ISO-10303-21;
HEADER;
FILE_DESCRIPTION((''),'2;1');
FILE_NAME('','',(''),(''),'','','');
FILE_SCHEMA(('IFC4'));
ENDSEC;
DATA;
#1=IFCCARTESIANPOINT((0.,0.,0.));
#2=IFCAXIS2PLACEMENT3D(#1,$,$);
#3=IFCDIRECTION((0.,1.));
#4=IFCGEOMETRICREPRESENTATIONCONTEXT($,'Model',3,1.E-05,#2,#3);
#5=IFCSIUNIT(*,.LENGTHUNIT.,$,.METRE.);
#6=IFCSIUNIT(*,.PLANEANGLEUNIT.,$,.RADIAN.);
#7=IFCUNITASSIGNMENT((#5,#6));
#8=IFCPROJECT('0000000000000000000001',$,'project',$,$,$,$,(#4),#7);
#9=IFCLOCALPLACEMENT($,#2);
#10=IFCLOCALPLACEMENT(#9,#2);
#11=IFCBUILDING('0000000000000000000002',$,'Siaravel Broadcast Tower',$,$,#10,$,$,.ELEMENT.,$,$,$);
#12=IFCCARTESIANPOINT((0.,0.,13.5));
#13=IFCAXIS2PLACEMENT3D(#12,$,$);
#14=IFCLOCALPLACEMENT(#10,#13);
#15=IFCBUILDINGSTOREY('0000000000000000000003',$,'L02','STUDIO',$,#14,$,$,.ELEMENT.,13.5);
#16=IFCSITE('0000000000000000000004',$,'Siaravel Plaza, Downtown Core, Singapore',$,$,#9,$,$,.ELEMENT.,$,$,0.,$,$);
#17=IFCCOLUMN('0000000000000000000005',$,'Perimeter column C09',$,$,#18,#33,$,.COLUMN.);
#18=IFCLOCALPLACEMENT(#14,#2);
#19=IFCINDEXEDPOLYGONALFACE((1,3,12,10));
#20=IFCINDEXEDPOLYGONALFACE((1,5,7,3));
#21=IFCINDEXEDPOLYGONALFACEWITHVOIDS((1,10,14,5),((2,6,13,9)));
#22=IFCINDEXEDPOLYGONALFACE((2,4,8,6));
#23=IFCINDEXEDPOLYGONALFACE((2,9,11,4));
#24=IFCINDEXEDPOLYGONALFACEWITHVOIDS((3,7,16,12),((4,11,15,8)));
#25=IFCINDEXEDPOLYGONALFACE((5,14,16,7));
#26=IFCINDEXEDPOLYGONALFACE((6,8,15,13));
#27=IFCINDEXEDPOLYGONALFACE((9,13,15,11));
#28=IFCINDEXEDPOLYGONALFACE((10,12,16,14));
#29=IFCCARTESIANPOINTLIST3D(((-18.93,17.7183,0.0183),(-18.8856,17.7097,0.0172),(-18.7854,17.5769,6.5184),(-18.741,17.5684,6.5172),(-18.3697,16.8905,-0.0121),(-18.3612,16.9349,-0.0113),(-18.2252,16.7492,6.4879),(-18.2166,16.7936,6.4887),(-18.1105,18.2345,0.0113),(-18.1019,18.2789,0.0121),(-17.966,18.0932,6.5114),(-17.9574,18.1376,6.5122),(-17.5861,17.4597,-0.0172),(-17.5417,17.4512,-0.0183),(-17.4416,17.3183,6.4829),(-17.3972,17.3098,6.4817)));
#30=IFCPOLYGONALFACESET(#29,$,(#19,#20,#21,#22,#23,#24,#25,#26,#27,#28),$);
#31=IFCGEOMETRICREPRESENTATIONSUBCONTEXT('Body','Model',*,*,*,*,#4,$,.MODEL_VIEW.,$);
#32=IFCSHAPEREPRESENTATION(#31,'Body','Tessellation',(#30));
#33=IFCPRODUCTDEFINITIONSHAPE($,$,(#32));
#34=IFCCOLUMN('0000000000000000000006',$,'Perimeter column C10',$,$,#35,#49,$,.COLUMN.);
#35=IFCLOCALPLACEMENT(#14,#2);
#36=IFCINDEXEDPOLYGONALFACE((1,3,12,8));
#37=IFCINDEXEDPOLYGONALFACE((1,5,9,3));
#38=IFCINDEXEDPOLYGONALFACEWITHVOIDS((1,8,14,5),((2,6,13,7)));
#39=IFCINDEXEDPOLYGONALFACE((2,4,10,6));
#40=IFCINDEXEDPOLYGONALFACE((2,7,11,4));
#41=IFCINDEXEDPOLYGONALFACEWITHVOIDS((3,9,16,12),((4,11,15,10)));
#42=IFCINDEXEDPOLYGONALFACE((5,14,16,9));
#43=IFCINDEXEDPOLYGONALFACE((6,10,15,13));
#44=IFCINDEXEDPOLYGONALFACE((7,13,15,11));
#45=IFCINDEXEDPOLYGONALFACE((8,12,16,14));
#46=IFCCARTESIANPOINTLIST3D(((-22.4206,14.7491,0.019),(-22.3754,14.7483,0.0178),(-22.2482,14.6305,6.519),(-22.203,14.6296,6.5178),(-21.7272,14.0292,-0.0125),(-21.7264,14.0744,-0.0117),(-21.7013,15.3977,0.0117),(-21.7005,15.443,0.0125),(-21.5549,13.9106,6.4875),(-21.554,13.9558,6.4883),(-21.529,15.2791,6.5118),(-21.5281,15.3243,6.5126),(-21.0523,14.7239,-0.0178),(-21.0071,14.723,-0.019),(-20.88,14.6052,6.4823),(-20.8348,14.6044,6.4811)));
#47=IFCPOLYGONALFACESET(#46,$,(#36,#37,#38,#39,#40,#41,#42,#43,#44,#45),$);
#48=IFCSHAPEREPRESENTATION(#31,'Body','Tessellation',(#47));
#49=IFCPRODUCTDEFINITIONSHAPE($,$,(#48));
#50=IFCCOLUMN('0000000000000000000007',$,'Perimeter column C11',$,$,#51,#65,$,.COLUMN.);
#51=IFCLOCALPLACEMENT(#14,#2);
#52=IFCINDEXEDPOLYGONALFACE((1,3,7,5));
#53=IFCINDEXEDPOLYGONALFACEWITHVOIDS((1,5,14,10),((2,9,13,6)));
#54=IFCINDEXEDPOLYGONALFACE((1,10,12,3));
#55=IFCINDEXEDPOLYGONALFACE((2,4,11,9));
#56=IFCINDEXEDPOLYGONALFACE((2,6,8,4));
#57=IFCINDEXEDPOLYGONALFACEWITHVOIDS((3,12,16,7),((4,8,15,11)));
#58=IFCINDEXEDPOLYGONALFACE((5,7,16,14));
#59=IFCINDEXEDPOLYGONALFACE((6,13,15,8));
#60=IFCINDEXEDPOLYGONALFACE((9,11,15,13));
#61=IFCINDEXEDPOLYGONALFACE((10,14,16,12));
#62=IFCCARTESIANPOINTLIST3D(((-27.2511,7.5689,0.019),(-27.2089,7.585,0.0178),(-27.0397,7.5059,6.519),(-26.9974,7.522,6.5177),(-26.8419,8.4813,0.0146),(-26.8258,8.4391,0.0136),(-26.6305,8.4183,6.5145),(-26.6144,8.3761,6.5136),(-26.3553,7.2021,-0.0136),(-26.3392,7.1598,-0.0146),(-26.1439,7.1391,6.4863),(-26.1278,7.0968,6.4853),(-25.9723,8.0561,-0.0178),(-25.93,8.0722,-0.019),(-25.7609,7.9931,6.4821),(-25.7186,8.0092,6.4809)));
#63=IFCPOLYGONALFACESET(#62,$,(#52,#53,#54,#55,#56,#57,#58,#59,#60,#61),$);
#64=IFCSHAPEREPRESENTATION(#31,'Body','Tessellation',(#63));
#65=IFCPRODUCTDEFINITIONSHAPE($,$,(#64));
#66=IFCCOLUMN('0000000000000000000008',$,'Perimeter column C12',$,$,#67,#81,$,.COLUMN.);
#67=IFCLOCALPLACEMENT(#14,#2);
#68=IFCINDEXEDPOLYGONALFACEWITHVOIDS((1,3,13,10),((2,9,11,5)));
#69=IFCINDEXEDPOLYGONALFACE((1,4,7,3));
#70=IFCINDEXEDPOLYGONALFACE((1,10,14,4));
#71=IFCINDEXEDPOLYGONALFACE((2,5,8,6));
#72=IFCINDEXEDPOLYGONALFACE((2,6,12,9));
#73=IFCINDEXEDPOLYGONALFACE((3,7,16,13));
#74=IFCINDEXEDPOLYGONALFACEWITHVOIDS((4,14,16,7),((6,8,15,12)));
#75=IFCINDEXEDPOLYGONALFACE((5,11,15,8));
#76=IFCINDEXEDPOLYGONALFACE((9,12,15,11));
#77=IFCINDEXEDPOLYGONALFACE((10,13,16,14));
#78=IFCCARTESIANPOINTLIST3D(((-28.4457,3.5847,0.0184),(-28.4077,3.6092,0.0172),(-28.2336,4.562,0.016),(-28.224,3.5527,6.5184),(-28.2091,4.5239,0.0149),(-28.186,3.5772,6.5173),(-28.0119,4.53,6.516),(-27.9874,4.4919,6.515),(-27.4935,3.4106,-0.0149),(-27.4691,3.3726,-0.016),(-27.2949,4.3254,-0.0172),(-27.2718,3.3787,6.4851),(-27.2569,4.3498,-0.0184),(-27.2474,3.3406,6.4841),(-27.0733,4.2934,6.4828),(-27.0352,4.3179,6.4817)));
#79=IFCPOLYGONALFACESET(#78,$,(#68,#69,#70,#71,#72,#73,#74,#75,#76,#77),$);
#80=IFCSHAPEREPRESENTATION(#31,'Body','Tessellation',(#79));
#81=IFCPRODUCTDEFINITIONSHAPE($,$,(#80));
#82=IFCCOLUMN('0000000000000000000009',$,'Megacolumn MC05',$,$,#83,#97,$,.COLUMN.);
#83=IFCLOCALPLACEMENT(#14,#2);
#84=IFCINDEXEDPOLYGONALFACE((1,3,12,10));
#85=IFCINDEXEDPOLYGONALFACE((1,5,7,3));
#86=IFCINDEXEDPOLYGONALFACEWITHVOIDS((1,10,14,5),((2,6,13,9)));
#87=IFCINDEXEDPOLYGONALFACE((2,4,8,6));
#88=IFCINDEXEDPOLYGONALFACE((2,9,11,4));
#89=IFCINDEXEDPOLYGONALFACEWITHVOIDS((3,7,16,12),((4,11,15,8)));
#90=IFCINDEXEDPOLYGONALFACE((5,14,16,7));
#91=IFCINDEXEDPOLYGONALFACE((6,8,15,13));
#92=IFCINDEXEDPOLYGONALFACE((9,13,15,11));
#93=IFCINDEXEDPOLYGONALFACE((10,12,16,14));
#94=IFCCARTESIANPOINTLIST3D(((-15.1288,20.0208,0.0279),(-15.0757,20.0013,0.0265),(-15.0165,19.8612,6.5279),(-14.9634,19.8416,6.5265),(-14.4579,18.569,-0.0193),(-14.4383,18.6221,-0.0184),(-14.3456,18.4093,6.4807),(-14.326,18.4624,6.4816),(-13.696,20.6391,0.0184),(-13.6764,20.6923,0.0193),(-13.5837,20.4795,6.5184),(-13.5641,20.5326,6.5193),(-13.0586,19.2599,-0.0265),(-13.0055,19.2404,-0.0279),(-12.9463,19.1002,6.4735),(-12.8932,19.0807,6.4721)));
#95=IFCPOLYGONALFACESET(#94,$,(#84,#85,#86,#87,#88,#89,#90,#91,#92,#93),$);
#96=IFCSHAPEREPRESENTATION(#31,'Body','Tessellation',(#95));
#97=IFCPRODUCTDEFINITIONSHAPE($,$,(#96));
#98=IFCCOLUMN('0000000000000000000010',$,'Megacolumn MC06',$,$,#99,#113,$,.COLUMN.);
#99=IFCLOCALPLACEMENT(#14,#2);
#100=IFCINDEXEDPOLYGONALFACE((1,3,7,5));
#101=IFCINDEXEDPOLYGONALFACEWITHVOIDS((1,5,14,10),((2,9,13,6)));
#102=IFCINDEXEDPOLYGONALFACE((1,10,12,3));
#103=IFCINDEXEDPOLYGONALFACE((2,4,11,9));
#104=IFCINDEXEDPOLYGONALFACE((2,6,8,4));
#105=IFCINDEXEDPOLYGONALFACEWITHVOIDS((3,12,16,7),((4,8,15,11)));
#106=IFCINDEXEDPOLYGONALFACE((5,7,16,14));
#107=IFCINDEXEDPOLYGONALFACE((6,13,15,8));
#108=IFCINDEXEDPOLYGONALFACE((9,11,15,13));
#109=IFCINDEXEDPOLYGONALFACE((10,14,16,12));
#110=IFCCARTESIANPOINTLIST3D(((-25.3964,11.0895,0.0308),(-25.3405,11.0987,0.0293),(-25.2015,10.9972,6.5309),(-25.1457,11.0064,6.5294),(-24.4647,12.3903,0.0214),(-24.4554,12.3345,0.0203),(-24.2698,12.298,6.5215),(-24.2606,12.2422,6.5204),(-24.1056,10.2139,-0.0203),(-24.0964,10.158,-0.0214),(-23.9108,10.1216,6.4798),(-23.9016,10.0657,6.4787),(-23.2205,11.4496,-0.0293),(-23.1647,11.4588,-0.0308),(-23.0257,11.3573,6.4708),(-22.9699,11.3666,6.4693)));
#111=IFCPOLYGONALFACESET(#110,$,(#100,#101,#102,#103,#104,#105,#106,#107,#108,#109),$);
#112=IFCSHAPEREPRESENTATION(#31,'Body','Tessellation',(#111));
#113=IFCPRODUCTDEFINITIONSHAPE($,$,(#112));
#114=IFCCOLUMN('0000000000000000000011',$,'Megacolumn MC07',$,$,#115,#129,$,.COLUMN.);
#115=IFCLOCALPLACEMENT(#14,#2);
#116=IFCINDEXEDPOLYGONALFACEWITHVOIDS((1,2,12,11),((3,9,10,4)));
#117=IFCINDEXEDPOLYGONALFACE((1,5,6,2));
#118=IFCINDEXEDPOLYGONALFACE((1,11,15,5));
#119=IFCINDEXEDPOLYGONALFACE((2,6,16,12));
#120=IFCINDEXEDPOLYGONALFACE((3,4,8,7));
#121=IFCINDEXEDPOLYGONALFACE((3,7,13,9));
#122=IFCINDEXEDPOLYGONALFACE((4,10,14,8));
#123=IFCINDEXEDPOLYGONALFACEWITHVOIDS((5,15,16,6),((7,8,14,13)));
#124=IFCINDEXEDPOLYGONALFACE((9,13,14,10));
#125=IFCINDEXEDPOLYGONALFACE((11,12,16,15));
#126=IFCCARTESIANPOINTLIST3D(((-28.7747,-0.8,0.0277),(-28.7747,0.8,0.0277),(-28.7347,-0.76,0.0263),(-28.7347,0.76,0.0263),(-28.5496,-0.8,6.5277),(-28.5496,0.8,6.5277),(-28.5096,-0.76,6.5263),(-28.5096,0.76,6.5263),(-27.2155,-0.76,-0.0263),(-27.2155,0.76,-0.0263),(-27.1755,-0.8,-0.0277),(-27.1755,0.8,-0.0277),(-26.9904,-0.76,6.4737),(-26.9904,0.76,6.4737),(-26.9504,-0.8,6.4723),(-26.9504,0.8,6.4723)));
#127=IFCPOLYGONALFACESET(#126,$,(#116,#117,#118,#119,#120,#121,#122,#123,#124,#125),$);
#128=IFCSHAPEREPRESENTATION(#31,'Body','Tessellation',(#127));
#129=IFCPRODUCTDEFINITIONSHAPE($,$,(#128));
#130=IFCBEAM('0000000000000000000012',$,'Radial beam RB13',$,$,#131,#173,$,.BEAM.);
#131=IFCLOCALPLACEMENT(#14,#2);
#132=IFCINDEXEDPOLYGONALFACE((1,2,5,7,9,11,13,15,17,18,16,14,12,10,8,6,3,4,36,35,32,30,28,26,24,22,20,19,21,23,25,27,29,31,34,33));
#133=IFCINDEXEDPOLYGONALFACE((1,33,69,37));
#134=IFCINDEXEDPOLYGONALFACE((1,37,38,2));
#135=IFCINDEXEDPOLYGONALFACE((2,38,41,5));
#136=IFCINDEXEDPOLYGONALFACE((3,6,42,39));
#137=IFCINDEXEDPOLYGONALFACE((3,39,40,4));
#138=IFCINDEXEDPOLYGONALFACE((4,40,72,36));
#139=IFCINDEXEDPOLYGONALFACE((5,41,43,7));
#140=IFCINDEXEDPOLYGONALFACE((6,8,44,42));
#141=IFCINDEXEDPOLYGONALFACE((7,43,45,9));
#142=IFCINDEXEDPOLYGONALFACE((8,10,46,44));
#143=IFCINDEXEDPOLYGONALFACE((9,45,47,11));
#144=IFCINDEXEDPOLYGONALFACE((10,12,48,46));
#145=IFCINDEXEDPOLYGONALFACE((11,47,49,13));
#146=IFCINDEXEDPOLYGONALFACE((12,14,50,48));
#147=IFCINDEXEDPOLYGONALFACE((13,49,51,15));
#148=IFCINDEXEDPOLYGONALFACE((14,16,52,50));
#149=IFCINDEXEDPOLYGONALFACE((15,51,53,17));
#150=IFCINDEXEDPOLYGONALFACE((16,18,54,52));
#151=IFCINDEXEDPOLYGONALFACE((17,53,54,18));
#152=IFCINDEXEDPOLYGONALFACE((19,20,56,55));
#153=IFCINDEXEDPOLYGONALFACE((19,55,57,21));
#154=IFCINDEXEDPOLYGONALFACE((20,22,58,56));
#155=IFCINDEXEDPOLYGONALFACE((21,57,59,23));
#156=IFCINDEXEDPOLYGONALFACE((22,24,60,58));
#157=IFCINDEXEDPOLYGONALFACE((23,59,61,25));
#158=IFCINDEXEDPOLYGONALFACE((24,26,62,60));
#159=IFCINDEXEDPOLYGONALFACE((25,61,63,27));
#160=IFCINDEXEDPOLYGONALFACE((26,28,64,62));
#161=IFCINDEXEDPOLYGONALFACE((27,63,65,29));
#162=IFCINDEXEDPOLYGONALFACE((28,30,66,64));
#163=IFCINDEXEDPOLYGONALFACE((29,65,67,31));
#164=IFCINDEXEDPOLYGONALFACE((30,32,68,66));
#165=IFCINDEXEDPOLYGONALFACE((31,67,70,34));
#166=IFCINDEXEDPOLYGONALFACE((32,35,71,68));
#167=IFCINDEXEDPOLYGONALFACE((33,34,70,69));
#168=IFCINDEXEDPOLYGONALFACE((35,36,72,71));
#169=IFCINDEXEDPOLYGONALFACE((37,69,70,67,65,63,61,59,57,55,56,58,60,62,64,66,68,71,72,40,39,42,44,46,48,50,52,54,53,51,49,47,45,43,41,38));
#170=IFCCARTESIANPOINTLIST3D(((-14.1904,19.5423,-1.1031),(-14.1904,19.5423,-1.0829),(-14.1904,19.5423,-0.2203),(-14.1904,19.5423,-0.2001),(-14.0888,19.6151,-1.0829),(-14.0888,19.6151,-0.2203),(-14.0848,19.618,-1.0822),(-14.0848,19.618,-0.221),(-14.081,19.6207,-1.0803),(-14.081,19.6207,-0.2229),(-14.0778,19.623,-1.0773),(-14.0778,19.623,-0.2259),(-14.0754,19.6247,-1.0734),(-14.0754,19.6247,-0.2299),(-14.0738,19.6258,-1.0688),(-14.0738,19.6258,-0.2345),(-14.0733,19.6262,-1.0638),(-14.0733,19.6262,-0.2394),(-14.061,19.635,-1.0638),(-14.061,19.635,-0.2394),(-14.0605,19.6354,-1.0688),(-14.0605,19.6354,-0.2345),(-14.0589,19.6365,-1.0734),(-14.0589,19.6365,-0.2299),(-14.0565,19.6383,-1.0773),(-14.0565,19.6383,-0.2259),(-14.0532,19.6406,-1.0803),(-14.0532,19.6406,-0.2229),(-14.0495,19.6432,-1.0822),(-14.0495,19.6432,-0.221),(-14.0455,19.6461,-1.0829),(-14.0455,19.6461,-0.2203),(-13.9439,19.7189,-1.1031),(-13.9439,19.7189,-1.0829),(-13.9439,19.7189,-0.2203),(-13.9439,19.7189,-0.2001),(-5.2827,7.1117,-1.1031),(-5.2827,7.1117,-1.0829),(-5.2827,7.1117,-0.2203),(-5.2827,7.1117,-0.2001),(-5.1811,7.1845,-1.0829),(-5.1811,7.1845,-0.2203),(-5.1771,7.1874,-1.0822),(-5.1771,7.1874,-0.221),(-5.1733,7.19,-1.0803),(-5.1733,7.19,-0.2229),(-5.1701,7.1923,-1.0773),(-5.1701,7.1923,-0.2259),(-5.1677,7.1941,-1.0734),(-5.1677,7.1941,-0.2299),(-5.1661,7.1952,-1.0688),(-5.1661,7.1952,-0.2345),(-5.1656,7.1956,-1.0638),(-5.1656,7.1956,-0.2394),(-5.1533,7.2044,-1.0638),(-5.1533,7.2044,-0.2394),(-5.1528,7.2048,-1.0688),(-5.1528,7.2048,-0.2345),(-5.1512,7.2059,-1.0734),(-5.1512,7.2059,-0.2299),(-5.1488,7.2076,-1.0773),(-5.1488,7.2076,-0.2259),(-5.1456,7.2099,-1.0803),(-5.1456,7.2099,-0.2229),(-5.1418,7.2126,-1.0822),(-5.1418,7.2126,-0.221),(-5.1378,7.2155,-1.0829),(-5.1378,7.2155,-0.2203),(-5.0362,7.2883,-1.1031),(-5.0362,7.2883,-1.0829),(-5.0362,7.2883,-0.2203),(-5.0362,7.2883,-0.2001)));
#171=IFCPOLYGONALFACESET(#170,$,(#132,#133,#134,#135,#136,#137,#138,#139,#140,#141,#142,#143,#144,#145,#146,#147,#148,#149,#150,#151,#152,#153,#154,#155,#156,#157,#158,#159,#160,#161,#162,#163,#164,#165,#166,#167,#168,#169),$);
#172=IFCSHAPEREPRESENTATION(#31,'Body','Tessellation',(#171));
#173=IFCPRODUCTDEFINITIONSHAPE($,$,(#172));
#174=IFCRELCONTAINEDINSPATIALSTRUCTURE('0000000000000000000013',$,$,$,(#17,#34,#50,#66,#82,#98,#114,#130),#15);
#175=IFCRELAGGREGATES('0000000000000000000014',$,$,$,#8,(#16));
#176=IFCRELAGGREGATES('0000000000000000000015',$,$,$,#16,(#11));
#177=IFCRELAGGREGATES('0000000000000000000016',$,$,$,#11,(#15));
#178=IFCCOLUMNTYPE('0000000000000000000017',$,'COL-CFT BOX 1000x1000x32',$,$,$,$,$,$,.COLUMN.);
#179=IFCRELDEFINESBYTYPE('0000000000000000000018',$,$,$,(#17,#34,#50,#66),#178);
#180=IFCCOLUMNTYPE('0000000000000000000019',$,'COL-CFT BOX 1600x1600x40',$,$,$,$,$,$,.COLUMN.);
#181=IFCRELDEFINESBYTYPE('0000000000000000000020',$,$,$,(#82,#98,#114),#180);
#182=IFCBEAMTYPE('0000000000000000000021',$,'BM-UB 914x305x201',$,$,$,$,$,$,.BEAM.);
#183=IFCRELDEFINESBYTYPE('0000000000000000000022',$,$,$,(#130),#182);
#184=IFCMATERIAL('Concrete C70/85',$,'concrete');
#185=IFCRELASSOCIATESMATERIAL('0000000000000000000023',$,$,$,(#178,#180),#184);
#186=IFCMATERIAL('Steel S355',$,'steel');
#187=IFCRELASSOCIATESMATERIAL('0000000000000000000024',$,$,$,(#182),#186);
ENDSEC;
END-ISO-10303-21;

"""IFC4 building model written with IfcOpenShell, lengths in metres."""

from ifc_helpers import new_model, si_unit, direction, frame, origin, origin_2d, place, context, subcontext, project, spatial, hollow_rectangle, i_section, extrude, material, material_profile, profile_set, type_object, element, save


model = new_model("IFC4")

# Units and contexts
model_context = context("Model", 3, precision=1e-05, world=origin(), true_north=direction((0.0, 1.0)))
body_context = subcontext(model_context, "Body", "Model", "MODEL_VIEW")
ifc_project = project(units=[si_unit("LENGTHUNIT", "METRE"), si_unit("PLANEANGLEUNIT", "RADIAN")], contexts=[model_context])

# Site, building, storey
site_placement = place(None, origin())
site = spatial("IfcSite", under=ifc_project, at=site_placement, Name="Siaravel Plaza, Downtown Core, Singapore", CompositionType="ELEMENT", RefElevation=0.0)
building_placement = place(site_placement, origin())
building = spatial("IfcBuilding", under=site, at=building_placement, Name="Siaravel Broadcast Tower", CompositionType="ELEMENT")
storey_placement = place(building_placement, frame((0.0, 0.0, 13.5)))
storey = spatial("IfcBuildingStorey", under=building, at=storey_placement, Name="L02", Description="STUDIO", CompositionType="ELEMENT", Elevation=13.5)

# Columns
ifc_material_1 = material(Name="Concrete C70/85", Category="concrete")
ifc_material_profile_1 = material_profile(ifc_material_1, hollow_rectangle(XDim=1.0, YDim=1.0, WallThickness=0.032, at=origin_2d()))
ifc_profile_set_1 = profile_set([ifc_material_profile_1], Name="Concrete C70/85")
column_type_1 = type_object("IfcColumnType", Name="COL-CFT BOX 1000x1000x32", PredefinedType="COLUMN", material=ifc_profile_set_1)
column_1_placement = place(storey_placement, frame((-18.2358, 17.5847, 0.0), z_axis=(0.022225, -0.021737, 0.999517), x_axis=(0.82803, 0.56065, -0.006219)))
element("IfcColumn", 1, at=column_1_placement, inside=storey, type_object=column_type_1, Name="Perimeter column C09", PredefinedType="COLUMN", context=body_context, shape_type="SweptSolid", body=[
    extrude(hollow_rectangle(XDim=1.0, YDim=1.0, WallThickness=0.032, at=origin_2d()), origin(), (0.0, 0.0, 1.0), 6.5032),
])
column_2_placement = place(storey_placement, frame((-21.7139, 14.7361, 0.0), z_axis=(0.026504, -0.018245, 0.999482), x_axis=(0.720114, 0.693826, -0.00643)))
element("IfcColumn", 2, at=column_2_placement, inside=storey, type_object=column_type_1, Name="Perimeter column C10", PredefinedType="COLUMN", context=body_context, shape_type="SweptSolid", body=[
    extrude(hollow_rectangle(XDim=1.0, YDim=1.0, WallThickness=0.032, at=origin_2d()), origin(), (0.0, 0.0, 1.0), 6.5034),
])
column_3_placement = place(storey_placement, frame((-26.5906, 7.8206, 0.0), z_axis=(0.032508, -0.009685, 0.999425), x_axis=(0.409196, 0.912435, -0.004468)))
element("IfcColumn", 3, at=column_3_placement, inside=storey, type_object=column_type_1, Name="Perimeter column C11", PredefinedType="COLUMN", context=body_context, shape_type="SweptSolid", body=[
    extrude(hollow_rectangle(XDim=1.0, YDim=1.0, WallThickness=0.032, at=origin_2d()), origin(), (0.0, 0.0, 1.0), 6.5037),
])
column_4_placement = place(storey_placement, frame((-27.8513, 3.9673, 0.0), z_axis=(0.034084, -0.004917, 0.999407), x_axis=(0.212163, 0.977231, -0.002427)))
element("IfcColumn", 4, at=column_4_placement, inside=storey, type_object=column_type_1, Name="Perimeter column C12", PredefinedType="COLUMN", context=body_context, shape_type="SweptSolid", body=[
    extrude(hollow_rectangle(XDim=1.0, YDim=1.0, WallThickness=0.032, at=origin_2d()), origin(), (0.0, 0.0, 1.0), 6.5039),
])
ifc_material_profile_2 = material_profile(ifc_material_1, hollow_rectangle(XDim=1.6001, YDim=1.6001, WallThickness=0.04, at=origin_2d()))
ifc_profile_set_2 = profile_set([ifc_material_profile_2], Name="Concrete C70/85")
column_type_2 = type_object("IfcColumnType", Name="COL-CFT BOX 1600x1600x40", PredefinedType="COLUMN", material=ifc_profile_set_2)
column_5_placement = place(storey_placement, frame((-14.0671, 19.6306, 0.0), z_axis=(0.01727, -0.024553, 0.999549), x_axis=(0.907686, 0.419616, -0.005375)))
element("IfcColumn", 5, at=column_5_placement, inside=storey, type_object=column_type_2, Name="Megacolumn MC05", PredefinedType="COLUMN", context=body_context, shape_type="SweptSolid", body=[
    extrude(hollow_rectangle(XDim=1.6001, YDim=1.6001, WallThickness=0.04, at=origin_2d()), origin(), (0.0, 0.0, 1.0), 6.5029),
])
column_6_placement = place(storey_placement, frame((-24.2805, 11.2742, 0.0), z_axis=(0.029956, -0.01419, 0.99945), x_axis=(0.582278, 0.812968, -0.00591)))
element("IfcColumn", 6, at=column_6_placement, inside=storey, type_object=column_type_2, Name="Megacolumn MC06", PredefinedType="COLUMN", context=body_context, shape_type="SweptSolid", body=[
    extrude(hollow_rectangle(XDim=1.6001, YDim=1.6001, WallThickness=0.04, at=origin_2d()), origin(), (0.0, 0.0, 1.0), 6.5037),
])
column_7_placement = place(storey_placement, frame((-27.9751, 0.0, 0.0), z_axis=(0.03461, 0.0, 0.999401), x_axis=(0.0, 1.0, 0.0)))
element("IfcColumn", 7, at=column_7_placement, inside=storey, type_object=column_type_2, Name="Megacolumn MC07", PredefinedType="COLUMN", context=body_context, shape_type="SweptSolid", body=[
    extrude(hollow_rectangle(XDim=1.6001, YDim=1.6001, WallThickness=0.04, at=origin_2d()), origin(), (0.0, 0.0, 1.0), 6.5039),
])

# Beam
ifc_material_2 = material(Name="Steel S355", Category="steel")
ifc_material_profile_3 = material_profile(ifc_material_2, i_section(OverallWidth=0.3032, OverallDepth=0.9031, WebThickness=0.0151, FlangeThickness=0.0203, FilletRadius=0.019, at=origin_2d()))
ifc_profile_set_3 = profile_set([ifc_material_profile_3], Name="Steel S355")
beam_type = type_object("IfcBeamType", Name="BM-UB 914x305x201", PredefinedType="BEAM", material=ifc_profile_set_3)
beam_1_placement = place(storey_placement, frame((-14.0671, 19.6306, -0.6516), z_axis=(0.582479, -0.812846, 0.0), x_axis=(0.812846, 0.582479, 0.0)))
element("IfcBeam", 8, at=beam_1_placement, inside=storey, type_object=beam_type, Name="Radial beam RB13", PredefinedType="BEAM", context=body_context, shape_type="SweptSolid", body=[
    extrude(i_section(OverallWidth=0.3032, OverallDepth=0.9031, WebThickness=0.0151, FlangeThickness=0.0203, FilletRadius=0.019, at=origin_2d()), origin(), (0.0, 0.0, 1.0), 15.2927),
])

save(model, "model.ifc")
